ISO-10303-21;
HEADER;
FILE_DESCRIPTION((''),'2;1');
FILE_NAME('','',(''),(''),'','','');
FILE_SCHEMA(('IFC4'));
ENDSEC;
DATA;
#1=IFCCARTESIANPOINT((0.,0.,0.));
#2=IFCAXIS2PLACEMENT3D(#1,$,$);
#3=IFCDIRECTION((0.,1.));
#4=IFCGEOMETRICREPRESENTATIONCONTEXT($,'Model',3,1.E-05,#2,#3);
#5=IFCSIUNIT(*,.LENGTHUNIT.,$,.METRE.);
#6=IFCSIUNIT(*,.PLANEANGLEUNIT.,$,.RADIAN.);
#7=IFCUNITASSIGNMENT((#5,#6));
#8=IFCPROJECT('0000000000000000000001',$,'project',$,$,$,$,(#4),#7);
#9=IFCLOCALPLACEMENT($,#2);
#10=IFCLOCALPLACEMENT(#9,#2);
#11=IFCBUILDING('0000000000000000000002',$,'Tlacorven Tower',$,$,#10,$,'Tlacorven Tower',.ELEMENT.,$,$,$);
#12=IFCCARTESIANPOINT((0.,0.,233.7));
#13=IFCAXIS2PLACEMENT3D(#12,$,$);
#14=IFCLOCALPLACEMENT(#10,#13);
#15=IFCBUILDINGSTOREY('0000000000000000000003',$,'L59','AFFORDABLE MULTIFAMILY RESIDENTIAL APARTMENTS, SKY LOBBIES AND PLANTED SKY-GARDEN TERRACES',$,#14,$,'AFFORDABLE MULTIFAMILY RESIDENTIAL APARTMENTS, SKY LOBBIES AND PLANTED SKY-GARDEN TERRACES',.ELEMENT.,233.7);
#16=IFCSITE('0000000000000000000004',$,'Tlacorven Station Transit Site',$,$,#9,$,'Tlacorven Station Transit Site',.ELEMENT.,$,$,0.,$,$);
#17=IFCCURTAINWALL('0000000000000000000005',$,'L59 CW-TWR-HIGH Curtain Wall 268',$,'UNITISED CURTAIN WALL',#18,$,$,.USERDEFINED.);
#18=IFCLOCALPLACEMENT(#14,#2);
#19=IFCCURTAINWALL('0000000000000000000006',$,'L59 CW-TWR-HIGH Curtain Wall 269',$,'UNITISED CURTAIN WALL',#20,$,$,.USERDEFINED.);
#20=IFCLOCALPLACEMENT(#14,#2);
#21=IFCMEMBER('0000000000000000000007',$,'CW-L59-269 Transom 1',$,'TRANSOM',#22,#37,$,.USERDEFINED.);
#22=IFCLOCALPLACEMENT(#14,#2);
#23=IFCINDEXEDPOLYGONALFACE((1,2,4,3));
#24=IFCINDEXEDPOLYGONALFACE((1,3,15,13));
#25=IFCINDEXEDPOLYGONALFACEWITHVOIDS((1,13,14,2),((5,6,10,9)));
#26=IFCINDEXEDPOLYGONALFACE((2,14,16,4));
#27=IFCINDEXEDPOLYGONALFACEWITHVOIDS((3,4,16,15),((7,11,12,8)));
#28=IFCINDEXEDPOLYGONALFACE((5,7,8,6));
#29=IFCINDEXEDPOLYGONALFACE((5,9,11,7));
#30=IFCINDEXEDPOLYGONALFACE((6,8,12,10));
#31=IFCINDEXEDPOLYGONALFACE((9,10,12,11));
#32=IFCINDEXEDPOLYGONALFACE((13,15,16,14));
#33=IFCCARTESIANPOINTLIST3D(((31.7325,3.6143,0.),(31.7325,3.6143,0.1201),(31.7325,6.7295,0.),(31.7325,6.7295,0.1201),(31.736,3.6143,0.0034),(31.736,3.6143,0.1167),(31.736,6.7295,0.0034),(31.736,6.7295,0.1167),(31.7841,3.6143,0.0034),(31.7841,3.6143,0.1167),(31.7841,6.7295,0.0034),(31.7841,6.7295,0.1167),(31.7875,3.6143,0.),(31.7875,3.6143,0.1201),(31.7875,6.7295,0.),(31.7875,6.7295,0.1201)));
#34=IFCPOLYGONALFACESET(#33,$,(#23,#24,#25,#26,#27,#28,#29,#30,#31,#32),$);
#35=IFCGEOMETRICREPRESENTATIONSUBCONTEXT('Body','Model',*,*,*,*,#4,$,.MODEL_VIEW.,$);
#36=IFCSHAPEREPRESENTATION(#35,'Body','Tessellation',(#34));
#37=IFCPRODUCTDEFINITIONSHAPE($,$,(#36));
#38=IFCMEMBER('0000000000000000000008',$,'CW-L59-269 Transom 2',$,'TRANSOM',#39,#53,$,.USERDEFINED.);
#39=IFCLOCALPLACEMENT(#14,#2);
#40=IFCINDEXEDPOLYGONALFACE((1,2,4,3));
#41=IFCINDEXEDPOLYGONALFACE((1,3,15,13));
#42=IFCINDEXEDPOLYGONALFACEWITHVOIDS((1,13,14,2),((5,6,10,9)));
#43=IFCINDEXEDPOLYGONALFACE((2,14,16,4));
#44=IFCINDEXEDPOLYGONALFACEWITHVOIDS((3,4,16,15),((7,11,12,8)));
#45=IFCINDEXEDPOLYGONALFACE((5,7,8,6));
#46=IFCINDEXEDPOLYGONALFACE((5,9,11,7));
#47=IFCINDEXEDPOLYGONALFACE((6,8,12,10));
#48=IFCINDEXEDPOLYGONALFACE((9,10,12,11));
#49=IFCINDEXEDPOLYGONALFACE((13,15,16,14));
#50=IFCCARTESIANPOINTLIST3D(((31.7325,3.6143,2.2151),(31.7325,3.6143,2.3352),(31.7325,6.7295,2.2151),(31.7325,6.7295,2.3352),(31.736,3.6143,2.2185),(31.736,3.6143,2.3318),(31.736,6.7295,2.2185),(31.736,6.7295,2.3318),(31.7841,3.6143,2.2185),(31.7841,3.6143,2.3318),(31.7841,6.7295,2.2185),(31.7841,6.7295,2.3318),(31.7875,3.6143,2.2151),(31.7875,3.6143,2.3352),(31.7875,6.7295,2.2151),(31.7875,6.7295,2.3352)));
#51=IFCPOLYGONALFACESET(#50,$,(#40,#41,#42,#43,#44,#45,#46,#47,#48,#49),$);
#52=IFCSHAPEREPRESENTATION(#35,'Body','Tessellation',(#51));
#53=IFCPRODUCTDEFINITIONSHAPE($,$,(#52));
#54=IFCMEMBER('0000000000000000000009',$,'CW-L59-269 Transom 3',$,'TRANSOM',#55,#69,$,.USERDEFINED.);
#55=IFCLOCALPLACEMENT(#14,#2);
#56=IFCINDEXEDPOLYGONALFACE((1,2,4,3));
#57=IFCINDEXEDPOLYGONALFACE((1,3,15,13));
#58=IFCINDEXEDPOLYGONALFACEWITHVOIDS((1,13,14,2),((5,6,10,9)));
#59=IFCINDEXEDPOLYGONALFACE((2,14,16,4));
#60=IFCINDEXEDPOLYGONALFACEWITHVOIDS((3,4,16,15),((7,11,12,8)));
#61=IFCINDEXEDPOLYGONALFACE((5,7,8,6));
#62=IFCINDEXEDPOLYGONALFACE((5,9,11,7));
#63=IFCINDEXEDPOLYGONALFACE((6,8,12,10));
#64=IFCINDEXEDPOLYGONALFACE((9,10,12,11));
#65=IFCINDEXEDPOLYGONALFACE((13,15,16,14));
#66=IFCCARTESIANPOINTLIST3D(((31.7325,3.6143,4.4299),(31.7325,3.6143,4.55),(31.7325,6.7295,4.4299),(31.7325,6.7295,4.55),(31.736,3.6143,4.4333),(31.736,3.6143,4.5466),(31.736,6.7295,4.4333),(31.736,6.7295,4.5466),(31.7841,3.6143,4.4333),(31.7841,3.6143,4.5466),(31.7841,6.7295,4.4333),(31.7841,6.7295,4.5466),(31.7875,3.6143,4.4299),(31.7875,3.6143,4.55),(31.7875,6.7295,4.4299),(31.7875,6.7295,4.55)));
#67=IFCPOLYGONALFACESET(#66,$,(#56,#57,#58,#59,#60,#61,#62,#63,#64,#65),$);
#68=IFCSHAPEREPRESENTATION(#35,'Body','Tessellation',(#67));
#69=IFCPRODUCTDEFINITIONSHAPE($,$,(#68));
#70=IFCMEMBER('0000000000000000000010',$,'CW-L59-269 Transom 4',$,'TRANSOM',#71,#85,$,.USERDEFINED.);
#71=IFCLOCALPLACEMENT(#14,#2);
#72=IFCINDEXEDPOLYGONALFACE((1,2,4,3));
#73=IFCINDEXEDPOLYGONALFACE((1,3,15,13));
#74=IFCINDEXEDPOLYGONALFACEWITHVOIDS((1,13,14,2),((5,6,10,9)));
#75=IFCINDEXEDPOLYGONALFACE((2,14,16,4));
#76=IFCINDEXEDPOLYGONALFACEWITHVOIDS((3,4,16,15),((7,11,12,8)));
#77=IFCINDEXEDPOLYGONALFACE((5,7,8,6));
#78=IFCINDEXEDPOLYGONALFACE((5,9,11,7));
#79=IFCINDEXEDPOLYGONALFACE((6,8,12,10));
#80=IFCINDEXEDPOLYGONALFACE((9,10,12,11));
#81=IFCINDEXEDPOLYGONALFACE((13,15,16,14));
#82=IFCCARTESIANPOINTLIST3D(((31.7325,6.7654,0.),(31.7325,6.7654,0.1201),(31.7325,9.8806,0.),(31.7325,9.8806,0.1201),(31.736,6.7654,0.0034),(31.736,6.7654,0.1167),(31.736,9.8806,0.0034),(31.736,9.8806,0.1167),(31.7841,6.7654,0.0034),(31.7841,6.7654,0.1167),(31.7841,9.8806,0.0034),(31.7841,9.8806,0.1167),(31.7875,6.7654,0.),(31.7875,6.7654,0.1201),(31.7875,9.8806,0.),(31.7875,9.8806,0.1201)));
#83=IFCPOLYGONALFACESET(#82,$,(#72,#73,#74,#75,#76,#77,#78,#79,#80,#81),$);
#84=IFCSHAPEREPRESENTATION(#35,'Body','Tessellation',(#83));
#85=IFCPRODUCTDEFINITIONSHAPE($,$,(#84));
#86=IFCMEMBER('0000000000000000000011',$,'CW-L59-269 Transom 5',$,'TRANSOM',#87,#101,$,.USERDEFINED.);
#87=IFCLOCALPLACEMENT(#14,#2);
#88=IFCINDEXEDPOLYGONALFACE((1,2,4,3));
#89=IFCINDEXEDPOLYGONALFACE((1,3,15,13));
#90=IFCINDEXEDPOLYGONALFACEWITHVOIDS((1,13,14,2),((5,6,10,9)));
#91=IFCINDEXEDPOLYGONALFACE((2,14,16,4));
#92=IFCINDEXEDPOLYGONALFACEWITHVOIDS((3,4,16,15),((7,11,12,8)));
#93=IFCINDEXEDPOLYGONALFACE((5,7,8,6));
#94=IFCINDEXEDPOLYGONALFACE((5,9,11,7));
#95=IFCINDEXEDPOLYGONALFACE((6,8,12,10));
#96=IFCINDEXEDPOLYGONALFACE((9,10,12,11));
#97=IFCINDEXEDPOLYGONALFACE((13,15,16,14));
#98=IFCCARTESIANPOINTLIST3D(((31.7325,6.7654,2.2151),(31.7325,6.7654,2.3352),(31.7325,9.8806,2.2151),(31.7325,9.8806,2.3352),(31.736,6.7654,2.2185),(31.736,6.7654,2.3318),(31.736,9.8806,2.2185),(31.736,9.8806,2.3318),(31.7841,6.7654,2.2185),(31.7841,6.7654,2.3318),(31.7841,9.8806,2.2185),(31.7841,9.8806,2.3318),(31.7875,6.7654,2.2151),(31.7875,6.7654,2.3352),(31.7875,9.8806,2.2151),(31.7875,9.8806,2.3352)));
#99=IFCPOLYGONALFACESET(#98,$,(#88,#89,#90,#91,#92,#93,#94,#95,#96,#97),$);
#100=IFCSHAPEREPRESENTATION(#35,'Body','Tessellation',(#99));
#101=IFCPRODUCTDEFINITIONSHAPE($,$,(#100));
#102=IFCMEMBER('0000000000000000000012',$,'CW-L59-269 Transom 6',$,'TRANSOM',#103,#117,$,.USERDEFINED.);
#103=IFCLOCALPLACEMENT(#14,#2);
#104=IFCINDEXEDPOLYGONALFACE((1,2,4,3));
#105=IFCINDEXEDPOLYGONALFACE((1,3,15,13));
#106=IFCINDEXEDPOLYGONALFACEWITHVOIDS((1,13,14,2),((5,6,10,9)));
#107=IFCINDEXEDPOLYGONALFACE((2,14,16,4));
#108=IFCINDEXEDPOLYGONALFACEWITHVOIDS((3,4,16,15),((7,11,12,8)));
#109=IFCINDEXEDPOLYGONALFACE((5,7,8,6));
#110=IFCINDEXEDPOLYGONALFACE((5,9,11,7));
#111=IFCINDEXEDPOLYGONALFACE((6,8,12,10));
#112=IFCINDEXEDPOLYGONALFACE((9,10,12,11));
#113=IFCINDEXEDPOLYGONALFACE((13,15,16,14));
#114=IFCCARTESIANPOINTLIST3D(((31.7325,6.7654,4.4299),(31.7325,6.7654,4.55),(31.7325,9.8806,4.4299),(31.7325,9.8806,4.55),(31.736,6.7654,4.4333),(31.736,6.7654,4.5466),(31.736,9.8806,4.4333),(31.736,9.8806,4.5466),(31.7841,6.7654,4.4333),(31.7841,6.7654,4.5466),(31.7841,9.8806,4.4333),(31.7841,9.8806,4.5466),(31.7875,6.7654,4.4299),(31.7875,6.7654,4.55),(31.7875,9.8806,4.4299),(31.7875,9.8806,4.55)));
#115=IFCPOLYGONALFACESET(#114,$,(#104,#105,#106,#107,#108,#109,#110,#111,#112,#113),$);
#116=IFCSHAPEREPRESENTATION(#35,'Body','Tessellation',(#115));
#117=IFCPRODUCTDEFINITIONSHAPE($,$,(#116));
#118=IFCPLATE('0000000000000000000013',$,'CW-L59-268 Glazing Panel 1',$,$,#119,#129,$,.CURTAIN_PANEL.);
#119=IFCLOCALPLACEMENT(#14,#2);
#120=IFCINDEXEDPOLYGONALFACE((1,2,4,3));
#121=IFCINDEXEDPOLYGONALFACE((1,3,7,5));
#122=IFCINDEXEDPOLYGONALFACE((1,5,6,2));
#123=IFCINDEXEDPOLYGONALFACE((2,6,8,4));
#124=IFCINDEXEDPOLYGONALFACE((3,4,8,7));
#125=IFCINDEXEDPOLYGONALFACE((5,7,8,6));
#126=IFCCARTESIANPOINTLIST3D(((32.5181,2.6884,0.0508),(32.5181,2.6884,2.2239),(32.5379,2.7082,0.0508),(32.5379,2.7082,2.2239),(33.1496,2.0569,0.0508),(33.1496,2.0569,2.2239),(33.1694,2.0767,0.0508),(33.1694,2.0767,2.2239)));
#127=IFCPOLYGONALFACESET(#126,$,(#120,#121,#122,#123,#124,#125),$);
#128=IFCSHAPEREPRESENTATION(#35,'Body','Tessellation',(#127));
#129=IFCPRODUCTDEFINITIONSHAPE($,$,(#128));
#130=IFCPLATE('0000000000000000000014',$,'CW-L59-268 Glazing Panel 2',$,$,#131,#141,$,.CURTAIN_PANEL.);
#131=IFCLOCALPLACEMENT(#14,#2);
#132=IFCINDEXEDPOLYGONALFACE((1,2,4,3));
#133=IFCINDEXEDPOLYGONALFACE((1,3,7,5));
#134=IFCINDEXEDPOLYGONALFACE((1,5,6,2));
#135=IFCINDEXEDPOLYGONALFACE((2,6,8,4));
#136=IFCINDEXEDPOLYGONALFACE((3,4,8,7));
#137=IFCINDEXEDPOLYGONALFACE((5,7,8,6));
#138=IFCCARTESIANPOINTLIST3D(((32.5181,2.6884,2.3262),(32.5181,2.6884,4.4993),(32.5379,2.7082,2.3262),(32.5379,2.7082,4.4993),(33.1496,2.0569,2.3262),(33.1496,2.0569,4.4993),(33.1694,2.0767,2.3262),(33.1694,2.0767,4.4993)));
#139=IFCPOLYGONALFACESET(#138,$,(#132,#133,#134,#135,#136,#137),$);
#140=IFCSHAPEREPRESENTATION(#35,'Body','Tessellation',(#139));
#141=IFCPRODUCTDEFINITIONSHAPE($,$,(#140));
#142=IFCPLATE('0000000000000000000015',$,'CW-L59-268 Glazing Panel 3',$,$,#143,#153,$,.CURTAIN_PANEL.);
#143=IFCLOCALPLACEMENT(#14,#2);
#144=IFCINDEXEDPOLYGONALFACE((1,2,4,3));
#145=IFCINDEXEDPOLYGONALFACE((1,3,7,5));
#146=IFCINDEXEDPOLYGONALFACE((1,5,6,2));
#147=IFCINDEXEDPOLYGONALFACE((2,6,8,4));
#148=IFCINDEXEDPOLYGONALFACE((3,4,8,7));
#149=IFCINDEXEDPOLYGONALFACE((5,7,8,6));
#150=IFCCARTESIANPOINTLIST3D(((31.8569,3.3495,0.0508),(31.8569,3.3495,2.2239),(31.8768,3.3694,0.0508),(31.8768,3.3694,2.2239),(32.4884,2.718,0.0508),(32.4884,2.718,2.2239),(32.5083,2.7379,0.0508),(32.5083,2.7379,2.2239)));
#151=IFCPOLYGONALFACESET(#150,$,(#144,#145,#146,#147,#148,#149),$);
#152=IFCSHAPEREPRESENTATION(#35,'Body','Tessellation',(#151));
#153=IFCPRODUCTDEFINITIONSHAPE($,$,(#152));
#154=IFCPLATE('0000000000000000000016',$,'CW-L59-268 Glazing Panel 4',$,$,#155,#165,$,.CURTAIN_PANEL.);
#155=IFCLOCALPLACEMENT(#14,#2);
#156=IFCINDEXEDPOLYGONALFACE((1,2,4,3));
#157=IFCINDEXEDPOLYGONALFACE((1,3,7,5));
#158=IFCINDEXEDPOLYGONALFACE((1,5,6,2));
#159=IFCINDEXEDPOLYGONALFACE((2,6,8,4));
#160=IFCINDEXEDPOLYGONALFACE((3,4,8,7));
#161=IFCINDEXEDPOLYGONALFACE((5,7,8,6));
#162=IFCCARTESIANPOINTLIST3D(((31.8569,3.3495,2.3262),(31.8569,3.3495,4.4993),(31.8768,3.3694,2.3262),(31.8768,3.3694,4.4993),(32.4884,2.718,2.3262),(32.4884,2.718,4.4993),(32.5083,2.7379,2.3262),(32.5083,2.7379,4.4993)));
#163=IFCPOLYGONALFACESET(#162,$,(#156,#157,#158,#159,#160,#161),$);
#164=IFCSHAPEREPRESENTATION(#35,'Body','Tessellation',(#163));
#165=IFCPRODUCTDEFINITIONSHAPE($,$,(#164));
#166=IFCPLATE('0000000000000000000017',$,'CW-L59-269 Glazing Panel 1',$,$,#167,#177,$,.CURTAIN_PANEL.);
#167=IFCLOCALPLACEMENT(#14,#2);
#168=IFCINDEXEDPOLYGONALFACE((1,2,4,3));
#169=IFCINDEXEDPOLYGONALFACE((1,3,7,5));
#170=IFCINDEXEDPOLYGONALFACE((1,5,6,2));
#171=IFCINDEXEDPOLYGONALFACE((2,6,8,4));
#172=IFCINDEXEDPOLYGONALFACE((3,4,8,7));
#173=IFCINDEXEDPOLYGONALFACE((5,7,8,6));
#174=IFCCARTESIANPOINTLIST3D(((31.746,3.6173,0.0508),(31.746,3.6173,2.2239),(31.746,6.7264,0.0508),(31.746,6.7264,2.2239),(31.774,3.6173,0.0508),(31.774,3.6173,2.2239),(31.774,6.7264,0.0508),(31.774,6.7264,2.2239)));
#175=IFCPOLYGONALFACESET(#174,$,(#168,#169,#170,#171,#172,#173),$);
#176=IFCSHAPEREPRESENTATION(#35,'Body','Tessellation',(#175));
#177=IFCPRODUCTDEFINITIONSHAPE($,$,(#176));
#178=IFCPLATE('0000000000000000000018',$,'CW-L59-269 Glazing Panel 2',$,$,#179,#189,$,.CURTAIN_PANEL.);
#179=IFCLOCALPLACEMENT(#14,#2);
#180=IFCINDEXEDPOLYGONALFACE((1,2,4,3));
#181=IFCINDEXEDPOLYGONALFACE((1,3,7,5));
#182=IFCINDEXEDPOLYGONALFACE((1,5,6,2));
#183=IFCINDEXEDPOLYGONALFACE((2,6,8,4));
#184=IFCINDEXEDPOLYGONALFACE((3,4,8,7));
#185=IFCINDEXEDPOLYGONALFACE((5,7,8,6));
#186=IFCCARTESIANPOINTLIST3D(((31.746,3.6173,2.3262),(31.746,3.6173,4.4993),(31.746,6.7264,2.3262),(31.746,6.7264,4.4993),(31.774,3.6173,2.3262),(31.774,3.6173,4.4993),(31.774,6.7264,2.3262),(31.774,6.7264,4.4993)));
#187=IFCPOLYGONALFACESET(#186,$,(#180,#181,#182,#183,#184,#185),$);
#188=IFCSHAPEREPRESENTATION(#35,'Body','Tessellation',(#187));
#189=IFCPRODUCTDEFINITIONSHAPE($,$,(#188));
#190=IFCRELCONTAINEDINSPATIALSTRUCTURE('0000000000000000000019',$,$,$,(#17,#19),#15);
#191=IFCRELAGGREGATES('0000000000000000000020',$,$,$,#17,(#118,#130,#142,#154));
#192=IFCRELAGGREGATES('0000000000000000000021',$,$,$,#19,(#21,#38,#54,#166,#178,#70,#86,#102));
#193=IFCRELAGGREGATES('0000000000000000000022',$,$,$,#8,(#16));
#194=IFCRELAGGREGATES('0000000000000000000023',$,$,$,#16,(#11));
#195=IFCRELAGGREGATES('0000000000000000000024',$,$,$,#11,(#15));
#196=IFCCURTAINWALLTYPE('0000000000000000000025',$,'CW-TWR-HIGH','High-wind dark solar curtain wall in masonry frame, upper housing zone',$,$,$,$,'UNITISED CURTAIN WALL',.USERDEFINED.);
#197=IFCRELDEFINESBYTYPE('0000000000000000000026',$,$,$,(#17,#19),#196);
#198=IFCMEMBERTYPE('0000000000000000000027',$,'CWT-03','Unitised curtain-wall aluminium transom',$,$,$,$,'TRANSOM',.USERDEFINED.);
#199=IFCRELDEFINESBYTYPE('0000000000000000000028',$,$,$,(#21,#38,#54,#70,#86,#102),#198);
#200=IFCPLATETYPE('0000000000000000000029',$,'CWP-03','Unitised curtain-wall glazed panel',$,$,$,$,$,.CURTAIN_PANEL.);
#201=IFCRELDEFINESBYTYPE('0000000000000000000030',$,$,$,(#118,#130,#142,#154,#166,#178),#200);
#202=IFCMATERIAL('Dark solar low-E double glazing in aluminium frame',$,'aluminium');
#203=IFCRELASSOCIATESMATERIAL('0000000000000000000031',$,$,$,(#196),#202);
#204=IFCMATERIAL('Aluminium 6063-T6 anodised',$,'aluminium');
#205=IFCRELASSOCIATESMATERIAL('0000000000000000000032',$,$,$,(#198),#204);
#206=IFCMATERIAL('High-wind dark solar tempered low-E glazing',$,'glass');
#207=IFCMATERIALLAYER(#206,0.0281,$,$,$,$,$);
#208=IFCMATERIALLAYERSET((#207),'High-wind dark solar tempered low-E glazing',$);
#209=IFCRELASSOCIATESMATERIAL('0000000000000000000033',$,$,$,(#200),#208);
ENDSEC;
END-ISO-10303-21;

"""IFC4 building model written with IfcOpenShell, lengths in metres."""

from ifc_helpers import new_model, si_unit, direction, frame, origin, origin_2d, place, context, subcontext, project, spatial, rectangle, hollow_rectangle, extrude, source, transform, mapped, material, layer, layer_set, material_profile, profile_set, type_object, element, aggregate, save


model = new_model("IFC4")

# Units and contexts
model_context = context("Model", 3, precision=1e-05, world=origin(), true_north=direction((0.0, 1.0)))
body_context = subcontext(model_context, "Body", "Model", "MODEL_VIEW")
ifc_project = project(units=[si_unit("LENGTHUNIT", "METRE"), si_unit("PLANEANGLEUNIT", "RADIAN")], contexts=[model_context])

# Site, building, storey
site_placement = place(None, origin())
site = spatial("IfcSite", under=ifc_project, at=site_placement, Name="Tlacorven Station Transit Site", LongName="Tlacorven Station Transit Site", CompositionType="ELEMENT", RefElevation=0.0)
building_placement = place(site_placement, origin())
building = spatial("IfcBuilding", under=site, at=building_placement, Name="Tlacorven Tower", LongName="Tlacorven Tower", CompositionType="ELEMENT")
storey_placement = place(building_placement, frame((0.0, 0.0, 233.7)))
storey = spatial("IfcBuildingStorey", under=building, at=storey_placement, Name="L59", Description="AFFORDABLE MULTIFAMILY RESIDENTIAL APARTMENTS, SKY LOBBIES AND PLANTED SKY-GARDEN TERRACES", LongName="AFFORDABLE MULTIFAMILY RESIDENTIAL APARTMENTS, SKY LOBBIES AND PLANTED SKY-GARDEN TERRACES", CompositionType="ELEMENT", Elevation=233.7)

# Curtain walls, members
ifc_material_1 = material(Name="Dark solar low-E double glazing in aluminium frame", Category="aluminium")
curtain_wall_type = type_object("IfcCurtainWallType", Name="CW-TWR-HIGH", Description="High-wind dark solar curtain wall in masonry frame, upper housing zone", ElementType="UNITISED CURTAIN WALL", PredefinedType="USERDEFINED", material=ifc_material_1)
curtain_wall_1_placement = place(storey_placement, origin())
curtain_wall_1 = element("IfcCurtainWall", 1, at=curtain_wall_1_placement, inside=storey, type_object=curtain_wall_type, Name="L59 CW-TWR-HIGH Curtain Wall 268", ObjectType="UNITISED CURTAIN WALL", PredefinedType="USERDEFINED")
ifc_material_2 = material(Name="Aluminium 6063-T6 anodised", Category="aluminium")
ifc_material_profile_1 = material_profile(ifc_material_2, hollow_rectangle(XDim=0.0549, YDim=0.1201, WallThickness=0.0034, at=origin_2d()), Name="ALU TRANSOM 55X120")
ifc_profile_set_1 = profile_set([ifc_material_profile_1], Name="Aluminium 6063-T6 anodised")
member_type_1 = type_object("IfcMemberType", Name="CWT-03", Description="Unitised curtain-wall aluminium transom", ElementType="TRANSOM", PredefinedType="USERDEFINED", material=ifc_profile_set_1)
curtain_wall_2_placement = place(storey_placement, origin())
curtain_wall_2 = element("IfcCurtainWall", 2, at=curtain_wall_2_placement, inside=storey, type_object=curtain_wall_type, Name="L59 CW-TWR-HIGH Curtain Wall 269", ObjectType="UNITISED CURTAIN WALL", PredefinedType="USERDEFINED")
shared_shape_1 = source(origin(), body_context, "Body", "SweptSolid", [
    extrude(hollow_rectangle(XDim=0.0549, YDim=0.1201, WallThickness=0.0034, at=origin_2d()), origin(), (0.0, 0.0, 1.0), 3.1152),
])
member_1_placement = place(storey_placement, frame((31.76, 3.6143, 0.0601), z_axis=(0.0, 1.0, 0.0), x_axis=(-1.0, 0.0, 0.0)))
member_1 = element("IfcMember", 3, at=member_1_placement, type_object=member_type_1, Name="CW-L59-269 Transom 1", ObjectType="TRANSOM", PredefinedType="USERDEFINED", context=body_context, shape_type="MappedRepresentation", body=[
    mapped(shared_shape_1, transform((0.0, 0.0, 0.0), scale=1.0)),
])
member_2_placement = place(storey_placement, frame((31.76, 3.6143, 2.2751), z_axis=(0.0, 1.0, 0.0), x_axis=(-1.0, 0.0, 0.0)))
member_2 = element("IfcMember", 4, at=member_2_placement, type_object=member_type_1, Name="CW-L59-269 Transom 2", ObjectType="TRANSOM", PredefinedType="USERDEFINED", context=body_context, shape_type="MappedRepresentation", body=[
    mapped(shared_shape_1, transform((0.0, 0.0, 0.0), scale=1.0)),
])
member_3_placement = place(storey_placement, frame((31.76, 3.6143, 4.49), z_axis=(0.0, 1.0, 0.0), x_axis=(-1.0, 0.0, 0.0)))
member_3 = element("IfcMember", 5, at=member_3_placement, type_object=member_type_1, Name="CW-L59-269 Transom 3", ObjectType="TRANSOM", PredefinedType="USERDEFINED", context=body_context, shape_type="MappedRepresentation", body=[
    mapped(shared_shape_1, transform((0.0, 0.0, 0.0), scale=1.0)),
])
member_4_placement = place(storey_placement, frame((31.76, 6.7654, 0.0601), z_axis=(0.0, 1.0, 0.0), x_axis=(-1.0, 0.0, 0.0)))
member_4 = element("IfcMember", 6, at=member_4_placement, type_object=member_type_1, Name="CW-L59-269 Transom 4", ObjectType="TRANSOM", PredefinedType="USERDEFINED", context=body_context, shape_type="MappedRepresentation", body=[
    mapped(shared_shape_1, transform((0.0, 0.0, 0.0), scale=1.0)),
])
member_5_placement = place(storey_placement, frame((31.76, 6.7654, 2.2751), z_axis=(0.0, 1.0, 0.0), x_axis=(-1.0, 0.0, 0.0)))
member_5 = element("IfcMember", 7, at=member_5_placement, type_object=member_type_1, Name="CW-L59-269 Transom 5", ObjectType="TRANSOM", PredefinedType="USERDEFINED", context=body_context, shape_type="MappedRepresentation", body=[
    mapped(shared_shape_1, transform((0.0, 0.0, 0.0), scale=1.0)),
])
member_6_placement = place(storey_placement, frame((31.76, 6.7654, 4.49), z_axis=(0.0, 1.0, 0.0), x_axis=(-1.0, 0.0, 0.0)))
member_6 = element("IfcMember", 8, at=member_6_placement, type_object=member_type_1, Name="CW-L59-269 Transom 6", ObjectType="TRANSOM", PredefinedType="USERDEFINED", context=body_context, shape_type="MappedRepresentation", body=[
    mapped(shared_shape_1, transform((0.0, 0.0, 0.0), scale=1.0)),
])

# Plates
ifc_material_3 = material(Name="High-wind dark solar tempered low-E glazing", Category="glass")
ifc_layer = layer(ifc_material_3, 0.0281)
ifc_layer_set = layer_set([ifc_layer], Name="High-wind dark solar tempered low-E glazing")
plate_type = type_object("IfcPlateType", Name="CWP-03", Description="Unitised curtain-wall glazed panel", PredefinedType="CURTAIN_PANEL", material=ifc_layer_set)
shared_shape_2 = source(origin(), body_context, "Body", "SweptSolid", [
    extrude(rectangle(XDim=0.8931, YDim=0.0281, at=origin_2d()), origin(), (0.0, 0.0, 1.0), 2.1731),
])
plate_1_placement = place(storey_placement, frame((32.8438, 2.3826, 0.0508), z_axis=(0.0, 0.0, 1.0), x_axis=(-0.707107, 0.707107, 0.0)))
plate_1 = element("IfcPlate", 9, at=plate_1_placement, type_object=plate_type, Name="CW-L59-268 Glazing Panel 1", PredefinedType="CURTAIN_PANEL", context=body_context, shape_type="MappedRepresentation", body=[
    mapped(shared_shape_2, transform((0.0, 0.0, 0.0), scale=1.0)),
])
plate_2_placement = place(storey_placement, frame((32.8438, 2.3826, 2.3262), z_axis=(0.0, 0.0, 1.0), x_axis=(-0.707107, 0.707107, 0.0)))
plate_2 = element("IfcPlate", 10, at=plate_2_placement, type_object=plate_type, Name="CW-L59-268 Glazing Panel 2", PredefinedType="CURTAIN_PANEL", context=body_context, shape_type="MappedRepresentation", body=[
    mapped(shared_shape_2, transform((0.0, 0.0, 0.0), scale=1.0)),
])
plate_3_placement = place(storey_placement, frame((32.1826, 3.0437, 0.0508), z_axis=(0.0, 0.0, 1.0), x_axis=(-0.707107, 0.707107, 0.0)))
plate_3 = element("IfcPlate", 11, at=plate_3_placement, type_object=plate_type, Name="CW-L59-268 Glazing Panel 3", PredefinedType="CURTAIN_PANEL", context=body_context, shape_type="MappedRepresentation", body=[
    mapped(shared_shape_2, transform((0.0, 0.0, 0.0), scale=1.0)),
])
plate_4_placement = place(storey_placement, frame((32.1826, 3.0437, 2.3262), z_axis=(0.0, 0.0, 1.0), x_axis=(-0.707107, 0.707107, 0.0)))
plate_4 = element("IfcPlate", 12, at=plate_4_placement, type_object=plate_type, Name="CW-L59-268 Glazing Panel 4", PredefinedType="CURTAIN_PANEL", context=body_context, shape_type="MappedRepresentation", body=[
    mapped(shared_shape_2, transform((0.0, 0.0, 0.0), scale=1.0)),
])
aggregate(curtain_wall_1, [plate_1, plate_2, plate_3, plate_4])
shared_shape_3 = source(origin(), body_context, "Body", "SweptSolid", [
    extrude(rectangle(XDim=3.1091, YDim=0.0281, at=origin_2d()), origin(), (0.0, 0.0, 1.0), 2.1731),
])
plate_5_placement = place(storey_placement, frame((31.76, 5.1719, 0.0508), z_axis=(0.0, 0.0, 1.0), x_axis=(0.0, 1.0, 0.0)))
plate_5 = element("IfcPlate", 13, at=plate_5_placement, type_object=plate_type, Name="CW-L59-269 Glazing Panel 1", PredefinedType="CURTAIN_PANEL", context=body_context, shape_type="MappedRepresentation", body=[
    mapped(shared_shape_3, transform((0.0, 0.0, 0.0), scale=1.0)),
])
plate_6_placement = place(storey_placement, frame((31.76, 5.1719, 2.3262), z_axis=(0.0, 0.0, 1.0), x_axis=(0.0, 1.0, 0.0)))
plate_6 = element("IfcPlate", 14, at=plate_6_placement, type_object=plate_type, Name="CW-L59-269 Glazing Panel 2", PredefinedType="CURTAIN_PANEL", context=body_context, shape_type="MappedRepresentation", body=[
    mapped(shared_shape_3, transform((0.0, 0.0, 0.0), scale=1.0)),
])
aggregate(curtain_wall_2, [member_1, member_2, member_3, plate_5, plate_6, member_4, member_5, member_6])

save(model, "model.ifc")
